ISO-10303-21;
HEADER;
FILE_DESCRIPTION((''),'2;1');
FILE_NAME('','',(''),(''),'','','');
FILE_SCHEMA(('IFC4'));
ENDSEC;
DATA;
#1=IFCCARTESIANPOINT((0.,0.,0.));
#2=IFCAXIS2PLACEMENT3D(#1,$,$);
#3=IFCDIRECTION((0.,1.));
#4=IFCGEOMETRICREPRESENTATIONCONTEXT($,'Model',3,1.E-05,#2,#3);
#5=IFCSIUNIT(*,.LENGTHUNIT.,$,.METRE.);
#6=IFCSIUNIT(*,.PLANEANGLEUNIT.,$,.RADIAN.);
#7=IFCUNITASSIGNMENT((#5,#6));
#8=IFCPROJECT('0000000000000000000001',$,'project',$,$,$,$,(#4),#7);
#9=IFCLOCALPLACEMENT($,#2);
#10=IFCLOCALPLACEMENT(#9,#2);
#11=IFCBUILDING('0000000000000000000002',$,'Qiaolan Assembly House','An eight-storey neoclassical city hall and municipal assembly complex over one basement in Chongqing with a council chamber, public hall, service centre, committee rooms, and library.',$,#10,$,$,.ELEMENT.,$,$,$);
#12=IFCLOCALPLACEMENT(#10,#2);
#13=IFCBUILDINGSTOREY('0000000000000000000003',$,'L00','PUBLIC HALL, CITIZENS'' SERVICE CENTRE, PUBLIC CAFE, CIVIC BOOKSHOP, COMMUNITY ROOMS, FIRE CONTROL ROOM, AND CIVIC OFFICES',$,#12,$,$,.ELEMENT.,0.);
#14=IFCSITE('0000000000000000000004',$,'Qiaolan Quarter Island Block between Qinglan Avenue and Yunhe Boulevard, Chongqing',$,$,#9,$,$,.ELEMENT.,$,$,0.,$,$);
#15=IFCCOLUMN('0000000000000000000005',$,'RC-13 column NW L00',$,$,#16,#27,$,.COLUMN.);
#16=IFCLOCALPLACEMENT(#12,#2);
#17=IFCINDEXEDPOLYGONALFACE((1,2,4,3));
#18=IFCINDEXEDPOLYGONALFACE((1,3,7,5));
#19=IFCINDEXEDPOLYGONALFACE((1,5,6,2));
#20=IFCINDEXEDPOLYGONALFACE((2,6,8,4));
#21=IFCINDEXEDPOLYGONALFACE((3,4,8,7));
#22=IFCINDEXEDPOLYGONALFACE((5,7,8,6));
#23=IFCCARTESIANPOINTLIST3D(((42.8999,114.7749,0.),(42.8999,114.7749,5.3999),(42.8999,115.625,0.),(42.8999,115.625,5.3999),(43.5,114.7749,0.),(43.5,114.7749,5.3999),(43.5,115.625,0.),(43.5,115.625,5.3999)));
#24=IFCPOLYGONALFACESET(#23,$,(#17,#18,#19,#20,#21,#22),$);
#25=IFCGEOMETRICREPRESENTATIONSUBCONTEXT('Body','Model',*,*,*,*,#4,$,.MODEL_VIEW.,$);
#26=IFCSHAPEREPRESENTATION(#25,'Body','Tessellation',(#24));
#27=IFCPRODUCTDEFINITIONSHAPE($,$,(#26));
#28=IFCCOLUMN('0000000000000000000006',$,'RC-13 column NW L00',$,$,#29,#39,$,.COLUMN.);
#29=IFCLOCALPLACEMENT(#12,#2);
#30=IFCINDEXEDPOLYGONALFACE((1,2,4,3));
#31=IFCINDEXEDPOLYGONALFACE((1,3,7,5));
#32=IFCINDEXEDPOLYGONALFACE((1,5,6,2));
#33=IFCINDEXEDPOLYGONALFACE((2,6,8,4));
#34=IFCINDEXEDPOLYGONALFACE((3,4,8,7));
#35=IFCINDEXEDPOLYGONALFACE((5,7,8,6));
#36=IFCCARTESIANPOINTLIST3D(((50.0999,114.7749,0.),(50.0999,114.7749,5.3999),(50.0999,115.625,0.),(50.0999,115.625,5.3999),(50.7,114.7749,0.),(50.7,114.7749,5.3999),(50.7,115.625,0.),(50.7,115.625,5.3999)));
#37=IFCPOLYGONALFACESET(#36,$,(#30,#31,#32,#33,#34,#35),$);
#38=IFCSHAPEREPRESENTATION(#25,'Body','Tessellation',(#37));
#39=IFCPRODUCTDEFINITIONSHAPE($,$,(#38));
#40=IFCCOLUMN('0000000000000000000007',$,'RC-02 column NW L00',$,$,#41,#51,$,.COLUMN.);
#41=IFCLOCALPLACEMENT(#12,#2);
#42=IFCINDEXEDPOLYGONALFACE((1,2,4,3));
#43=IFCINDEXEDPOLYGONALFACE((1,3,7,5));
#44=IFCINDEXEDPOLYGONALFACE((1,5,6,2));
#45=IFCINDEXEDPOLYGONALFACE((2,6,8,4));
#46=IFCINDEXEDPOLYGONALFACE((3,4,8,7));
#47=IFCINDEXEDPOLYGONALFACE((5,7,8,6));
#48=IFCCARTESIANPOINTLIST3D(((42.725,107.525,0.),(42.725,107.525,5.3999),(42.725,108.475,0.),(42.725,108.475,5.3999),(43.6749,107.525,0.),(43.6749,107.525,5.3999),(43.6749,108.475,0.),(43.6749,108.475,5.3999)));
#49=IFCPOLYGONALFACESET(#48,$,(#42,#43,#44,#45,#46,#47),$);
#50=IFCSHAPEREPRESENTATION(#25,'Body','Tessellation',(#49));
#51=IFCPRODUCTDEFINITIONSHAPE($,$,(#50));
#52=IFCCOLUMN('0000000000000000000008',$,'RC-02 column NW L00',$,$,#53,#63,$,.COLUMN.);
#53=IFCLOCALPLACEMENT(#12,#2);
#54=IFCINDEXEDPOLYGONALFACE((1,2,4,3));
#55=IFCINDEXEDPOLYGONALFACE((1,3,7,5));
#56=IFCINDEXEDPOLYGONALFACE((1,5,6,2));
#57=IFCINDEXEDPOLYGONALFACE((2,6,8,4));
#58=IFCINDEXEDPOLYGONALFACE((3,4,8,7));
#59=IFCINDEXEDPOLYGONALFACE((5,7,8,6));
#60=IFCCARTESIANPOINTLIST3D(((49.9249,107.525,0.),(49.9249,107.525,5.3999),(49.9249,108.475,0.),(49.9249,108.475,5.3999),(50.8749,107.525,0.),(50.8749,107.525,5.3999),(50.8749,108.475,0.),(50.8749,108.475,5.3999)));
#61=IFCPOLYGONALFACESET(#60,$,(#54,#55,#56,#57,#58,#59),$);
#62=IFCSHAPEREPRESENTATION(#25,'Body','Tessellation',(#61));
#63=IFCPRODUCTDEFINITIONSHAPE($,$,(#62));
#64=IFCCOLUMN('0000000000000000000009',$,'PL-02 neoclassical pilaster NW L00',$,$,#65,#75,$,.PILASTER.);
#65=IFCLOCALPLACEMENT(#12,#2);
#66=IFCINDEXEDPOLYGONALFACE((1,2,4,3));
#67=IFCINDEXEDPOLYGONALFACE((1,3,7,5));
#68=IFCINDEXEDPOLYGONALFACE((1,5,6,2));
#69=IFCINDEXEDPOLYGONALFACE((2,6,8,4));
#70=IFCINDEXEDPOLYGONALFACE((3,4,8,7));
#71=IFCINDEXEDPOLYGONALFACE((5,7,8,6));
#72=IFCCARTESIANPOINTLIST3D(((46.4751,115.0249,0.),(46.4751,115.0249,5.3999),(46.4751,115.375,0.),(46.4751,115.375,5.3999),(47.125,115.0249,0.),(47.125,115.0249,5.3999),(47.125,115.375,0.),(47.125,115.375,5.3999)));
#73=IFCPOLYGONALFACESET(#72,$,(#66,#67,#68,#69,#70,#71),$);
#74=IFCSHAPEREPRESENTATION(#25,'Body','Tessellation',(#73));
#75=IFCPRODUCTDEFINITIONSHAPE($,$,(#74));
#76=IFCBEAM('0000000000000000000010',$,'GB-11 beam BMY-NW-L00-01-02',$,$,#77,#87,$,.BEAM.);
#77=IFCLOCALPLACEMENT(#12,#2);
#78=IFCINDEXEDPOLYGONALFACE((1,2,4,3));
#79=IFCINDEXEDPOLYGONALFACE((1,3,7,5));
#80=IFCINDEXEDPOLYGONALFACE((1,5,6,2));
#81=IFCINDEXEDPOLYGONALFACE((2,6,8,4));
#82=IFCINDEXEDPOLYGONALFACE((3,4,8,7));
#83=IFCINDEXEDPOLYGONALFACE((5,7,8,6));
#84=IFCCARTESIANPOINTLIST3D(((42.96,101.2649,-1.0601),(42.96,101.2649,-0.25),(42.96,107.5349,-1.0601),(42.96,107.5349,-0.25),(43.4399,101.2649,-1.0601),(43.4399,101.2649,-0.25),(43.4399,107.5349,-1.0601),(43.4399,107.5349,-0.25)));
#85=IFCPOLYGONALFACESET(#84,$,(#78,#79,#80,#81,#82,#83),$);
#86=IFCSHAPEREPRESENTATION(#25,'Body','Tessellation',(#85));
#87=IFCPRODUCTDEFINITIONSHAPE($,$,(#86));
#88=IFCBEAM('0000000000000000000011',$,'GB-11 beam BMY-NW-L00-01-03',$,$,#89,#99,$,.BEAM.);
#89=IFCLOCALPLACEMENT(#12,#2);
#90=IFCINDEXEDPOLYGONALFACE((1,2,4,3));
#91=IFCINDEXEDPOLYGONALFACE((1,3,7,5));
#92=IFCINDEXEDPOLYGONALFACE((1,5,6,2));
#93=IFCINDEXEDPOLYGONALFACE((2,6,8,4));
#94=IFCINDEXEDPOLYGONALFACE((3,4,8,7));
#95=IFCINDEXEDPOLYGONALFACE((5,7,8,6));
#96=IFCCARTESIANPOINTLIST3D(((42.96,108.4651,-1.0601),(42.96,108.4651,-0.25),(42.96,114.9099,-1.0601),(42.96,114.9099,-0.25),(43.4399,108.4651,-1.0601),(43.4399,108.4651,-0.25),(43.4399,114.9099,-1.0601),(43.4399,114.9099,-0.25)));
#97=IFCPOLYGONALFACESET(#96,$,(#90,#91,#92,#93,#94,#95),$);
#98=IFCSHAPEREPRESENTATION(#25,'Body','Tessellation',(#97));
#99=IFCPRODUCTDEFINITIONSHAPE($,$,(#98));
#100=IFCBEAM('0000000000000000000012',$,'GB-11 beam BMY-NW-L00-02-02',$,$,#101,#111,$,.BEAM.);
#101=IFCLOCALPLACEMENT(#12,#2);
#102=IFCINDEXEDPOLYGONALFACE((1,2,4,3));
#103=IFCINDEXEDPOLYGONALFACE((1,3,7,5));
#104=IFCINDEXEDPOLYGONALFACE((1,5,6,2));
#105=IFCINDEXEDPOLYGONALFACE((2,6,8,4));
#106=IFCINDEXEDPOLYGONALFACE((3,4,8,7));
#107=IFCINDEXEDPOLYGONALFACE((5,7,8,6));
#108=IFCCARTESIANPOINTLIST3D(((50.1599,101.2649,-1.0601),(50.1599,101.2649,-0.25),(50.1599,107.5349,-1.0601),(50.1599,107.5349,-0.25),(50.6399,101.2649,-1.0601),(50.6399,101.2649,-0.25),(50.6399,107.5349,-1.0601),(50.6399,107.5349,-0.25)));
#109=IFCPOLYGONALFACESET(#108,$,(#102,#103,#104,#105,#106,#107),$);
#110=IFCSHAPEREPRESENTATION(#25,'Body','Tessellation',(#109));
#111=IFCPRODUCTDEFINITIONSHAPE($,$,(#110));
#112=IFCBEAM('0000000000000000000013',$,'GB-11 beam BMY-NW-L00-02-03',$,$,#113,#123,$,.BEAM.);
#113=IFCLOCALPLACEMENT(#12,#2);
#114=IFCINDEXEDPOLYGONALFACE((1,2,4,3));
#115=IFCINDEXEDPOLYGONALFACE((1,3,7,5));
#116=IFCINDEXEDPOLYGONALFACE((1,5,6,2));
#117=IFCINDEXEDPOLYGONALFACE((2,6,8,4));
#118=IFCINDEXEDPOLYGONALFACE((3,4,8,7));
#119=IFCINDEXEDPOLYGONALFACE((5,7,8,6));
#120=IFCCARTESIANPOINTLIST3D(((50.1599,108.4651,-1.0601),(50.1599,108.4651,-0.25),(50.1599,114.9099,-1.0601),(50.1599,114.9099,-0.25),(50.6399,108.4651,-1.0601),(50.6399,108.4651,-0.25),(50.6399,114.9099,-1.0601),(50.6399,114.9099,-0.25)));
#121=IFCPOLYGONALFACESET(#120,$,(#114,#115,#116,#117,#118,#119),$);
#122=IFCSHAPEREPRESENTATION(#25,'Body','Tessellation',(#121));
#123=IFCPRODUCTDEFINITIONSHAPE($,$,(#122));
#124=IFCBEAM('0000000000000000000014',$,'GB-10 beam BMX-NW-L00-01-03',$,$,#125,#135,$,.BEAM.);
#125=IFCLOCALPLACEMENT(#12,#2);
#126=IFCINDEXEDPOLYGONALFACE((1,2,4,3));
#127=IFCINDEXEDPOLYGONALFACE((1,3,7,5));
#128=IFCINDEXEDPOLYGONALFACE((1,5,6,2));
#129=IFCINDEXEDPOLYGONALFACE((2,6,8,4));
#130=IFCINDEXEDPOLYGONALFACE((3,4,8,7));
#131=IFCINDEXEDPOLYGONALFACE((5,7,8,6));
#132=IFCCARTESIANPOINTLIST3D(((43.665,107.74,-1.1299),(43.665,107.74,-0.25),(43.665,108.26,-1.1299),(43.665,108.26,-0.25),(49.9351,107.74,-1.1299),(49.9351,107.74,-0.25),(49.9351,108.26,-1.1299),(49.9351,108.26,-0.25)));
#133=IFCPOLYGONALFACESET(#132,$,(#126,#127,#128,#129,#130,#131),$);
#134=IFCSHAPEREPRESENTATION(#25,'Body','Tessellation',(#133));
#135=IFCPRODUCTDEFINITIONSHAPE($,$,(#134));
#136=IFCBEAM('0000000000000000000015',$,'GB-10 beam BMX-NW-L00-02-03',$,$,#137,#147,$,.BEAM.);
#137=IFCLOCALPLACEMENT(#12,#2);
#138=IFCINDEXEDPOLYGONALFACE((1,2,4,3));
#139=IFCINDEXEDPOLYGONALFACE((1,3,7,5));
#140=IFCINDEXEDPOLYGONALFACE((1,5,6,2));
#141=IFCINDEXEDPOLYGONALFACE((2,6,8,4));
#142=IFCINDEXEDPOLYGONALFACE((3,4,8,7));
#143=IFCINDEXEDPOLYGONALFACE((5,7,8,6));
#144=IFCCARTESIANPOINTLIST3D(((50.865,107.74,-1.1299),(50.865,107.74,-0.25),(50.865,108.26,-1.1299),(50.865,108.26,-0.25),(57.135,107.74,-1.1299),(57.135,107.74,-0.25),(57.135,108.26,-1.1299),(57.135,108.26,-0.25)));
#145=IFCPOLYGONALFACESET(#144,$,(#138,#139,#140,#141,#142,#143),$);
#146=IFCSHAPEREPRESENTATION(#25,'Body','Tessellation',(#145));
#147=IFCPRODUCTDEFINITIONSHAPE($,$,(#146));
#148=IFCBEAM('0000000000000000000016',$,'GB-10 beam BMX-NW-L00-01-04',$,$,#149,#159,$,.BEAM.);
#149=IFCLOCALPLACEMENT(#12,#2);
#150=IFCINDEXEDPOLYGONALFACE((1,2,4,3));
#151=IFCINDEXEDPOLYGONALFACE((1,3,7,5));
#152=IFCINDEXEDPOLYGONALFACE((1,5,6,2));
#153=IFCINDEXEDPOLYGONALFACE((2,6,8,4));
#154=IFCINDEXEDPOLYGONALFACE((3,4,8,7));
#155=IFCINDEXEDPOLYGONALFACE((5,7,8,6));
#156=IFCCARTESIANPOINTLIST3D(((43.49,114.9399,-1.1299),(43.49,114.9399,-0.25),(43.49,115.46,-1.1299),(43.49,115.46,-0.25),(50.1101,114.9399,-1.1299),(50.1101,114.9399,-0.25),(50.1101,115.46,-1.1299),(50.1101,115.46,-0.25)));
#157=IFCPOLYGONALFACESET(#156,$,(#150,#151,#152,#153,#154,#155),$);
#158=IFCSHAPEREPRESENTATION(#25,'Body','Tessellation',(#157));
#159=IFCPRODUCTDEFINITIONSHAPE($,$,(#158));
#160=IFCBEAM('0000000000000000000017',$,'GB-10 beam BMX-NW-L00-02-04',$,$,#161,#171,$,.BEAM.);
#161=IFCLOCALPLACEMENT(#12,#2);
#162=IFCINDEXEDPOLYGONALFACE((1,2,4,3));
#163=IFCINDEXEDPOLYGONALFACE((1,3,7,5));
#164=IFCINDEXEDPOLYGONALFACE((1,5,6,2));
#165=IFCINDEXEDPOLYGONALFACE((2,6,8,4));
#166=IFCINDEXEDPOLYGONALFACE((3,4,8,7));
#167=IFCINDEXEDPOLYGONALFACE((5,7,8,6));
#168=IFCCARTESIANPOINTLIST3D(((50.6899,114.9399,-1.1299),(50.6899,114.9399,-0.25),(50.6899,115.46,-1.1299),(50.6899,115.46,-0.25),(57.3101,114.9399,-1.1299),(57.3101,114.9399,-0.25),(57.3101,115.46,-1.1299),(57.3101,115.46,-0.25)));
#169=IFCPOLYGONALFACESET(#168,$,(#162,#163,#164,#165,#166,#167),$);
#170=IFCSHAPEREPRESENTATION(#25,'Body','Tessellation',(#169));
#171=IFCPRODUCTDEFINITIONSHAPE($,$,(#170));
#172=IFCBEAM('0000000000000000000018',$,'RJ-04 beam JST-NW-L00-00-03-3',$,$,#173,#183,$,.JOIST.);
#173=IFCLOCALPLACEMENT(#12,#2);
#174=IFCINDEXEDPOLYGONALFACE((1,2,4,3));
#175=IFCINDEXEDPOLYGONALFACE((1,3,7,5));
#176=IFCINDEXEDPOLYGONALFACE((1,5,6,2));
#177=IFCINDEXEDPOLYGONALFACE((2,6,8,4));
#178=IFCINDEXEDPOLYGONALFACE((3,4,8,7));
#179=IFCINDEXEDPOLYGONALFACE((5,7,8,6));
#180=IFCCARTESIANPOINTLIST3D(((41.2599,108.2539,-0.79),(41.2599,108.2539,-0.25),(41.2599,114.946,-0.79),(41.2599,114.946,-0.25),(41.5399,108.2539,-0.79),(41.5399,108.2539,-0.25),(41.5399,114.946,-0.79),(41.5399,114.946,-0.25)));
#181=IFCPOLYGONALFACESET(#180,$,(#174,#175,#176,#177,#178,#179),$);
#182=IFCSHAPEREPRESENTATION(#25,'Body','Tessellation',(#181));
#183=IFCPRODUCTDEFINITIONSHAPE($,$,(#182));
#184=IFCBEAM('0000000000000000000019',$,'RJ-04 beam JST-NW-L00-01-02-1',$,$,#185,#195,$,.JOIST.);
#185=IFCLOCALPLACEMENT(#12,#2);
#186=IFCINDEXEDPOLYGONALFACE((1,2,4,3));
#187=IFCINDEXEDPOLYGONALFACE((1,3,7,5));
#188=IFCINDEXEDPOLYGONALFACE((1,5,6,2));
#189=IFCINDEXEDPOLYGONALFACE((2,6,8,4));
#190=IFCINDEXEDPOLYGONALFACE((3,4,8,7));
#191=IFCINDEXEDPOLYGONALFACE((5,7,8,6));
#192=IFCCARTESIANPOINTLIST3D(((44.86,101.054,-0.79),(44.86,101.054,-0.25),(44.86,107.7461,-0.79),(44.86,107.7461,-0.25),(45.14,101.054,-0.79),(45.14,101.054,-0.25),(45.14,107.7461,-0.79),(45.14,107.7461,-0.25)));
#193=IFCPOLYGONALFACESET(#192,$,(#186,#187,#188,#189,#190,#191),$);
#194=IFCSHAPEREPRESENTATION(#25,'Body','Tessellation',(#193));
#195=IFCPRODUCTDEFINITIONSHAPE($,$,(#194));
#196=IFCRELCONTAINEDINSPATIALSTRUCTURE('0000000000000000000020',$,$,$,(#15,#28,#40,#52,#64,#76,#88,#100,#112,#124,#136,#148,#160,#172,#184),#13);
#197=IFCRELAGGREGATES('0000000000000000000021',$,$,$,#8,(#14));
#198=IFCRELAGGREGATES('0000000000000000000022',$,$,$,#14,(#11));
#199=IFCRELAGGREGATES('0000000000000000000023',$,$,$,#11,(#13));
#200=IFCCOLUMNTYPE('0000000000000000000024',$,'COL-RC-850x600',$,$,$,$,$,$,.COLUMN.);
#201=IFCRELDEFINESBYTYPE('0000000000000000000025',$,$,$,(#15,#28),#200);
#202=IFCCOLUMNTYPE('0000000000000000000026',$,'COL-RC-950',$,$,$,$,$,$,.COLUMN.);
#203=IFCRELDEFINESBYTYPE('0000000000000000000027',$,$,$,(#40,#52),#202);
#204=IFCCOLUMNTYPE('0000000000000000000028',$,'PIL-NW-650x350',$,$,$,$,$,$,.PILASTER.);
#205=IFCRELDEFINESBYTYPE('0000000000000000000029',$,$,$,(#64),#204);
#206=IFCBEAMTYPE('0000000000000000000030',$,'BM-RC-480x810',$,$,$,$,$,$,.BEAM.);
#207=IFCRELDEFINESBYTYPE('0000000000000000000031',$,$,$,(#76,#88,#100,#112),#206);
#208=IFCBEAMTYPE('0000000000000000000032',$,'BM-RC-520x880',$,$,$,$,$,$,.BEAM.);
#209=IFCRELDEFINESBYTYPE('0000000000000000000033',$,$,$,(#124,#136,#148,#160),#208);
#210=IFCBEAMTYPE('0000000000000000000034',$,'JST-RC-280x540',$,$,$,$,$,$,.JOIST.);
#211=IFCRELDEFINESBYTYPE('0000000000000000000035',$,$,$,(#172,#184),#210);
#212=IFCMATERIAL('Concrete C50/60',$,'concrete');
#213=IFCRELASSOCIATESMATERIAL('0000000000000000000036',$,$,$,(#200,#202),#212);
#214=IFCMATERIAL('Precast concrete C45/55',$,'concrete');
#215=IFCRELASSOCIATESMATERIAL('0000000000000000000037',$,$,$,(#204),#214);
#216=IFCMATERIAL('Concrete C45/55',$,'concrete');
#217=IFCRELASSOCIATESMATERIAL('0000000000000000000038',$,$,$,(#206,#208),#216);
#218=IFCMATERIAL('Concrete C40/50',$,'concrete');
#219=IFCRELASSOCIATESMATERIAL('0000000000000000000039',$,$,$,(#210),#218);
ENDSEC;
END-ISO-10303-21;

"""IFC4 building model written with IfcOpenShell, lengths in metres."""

from ifc_helpers import new_model, si_unit, direction, frame, origin, origin_2d, place, context, subcontext, project, spatial, rectangle, extrude, material, material_profile, profile_set, type_object, element, save


model = new_model("IFC4")

# Units and contexts
model_context = context("Model", 3, precision=1e-05, world=origin(), true_north=direction((0.0, 1.0)))
body_context = subcontext(model_context, "Body", "Model", "MODEL_VIEW")
ifc_project = project(units=[si_unit("LENGTHUNIT", "METRE"), si_unit("PLANEANGLEUNIT", "RADIAN")], contexts=[model_context])

# Site, building, storey
site_placement = place(None, origin())
site = spatial("IfcSite", under=ifc_project, at=site_placement, Name="Qiaolan Quarter Island Block between Qinglan Avenue and Yunhe Boulevard, Chongqing", CompositionType="ELEMENT", RefElevation=0.0)
building_placement = place(site_placement, origin())
building = spatial("IfcBuilding", under=site, at=building_placement, Name="Qiaolan Assembly House", Description="An eight-storey neoclassical city hall and municipal assembly complex over one basement in Chongqing with a council chamber, public hall, service centre, committee rooms, and library.", CompositionType="ELEMENT")
storey_placement = place(building_placement, origin())
storey = spatial("IfcBuildingStorey", under=building, at=storey_placement, Name="L00", Description="PUBLIC HALL, CITIZENS' SERVICE CENTRE, PUBLIC CAFE, CIVIC BOOKSHOP, COMMUNITY ROOMS, FIRE CONTROL ROOM, AND CIVIC OFFICES", CompositionType="ELEMENT", Elevation=0.0)

# Columns
ifc_material_1 = material(Name="Concrete C50/60", Category="concrete")
ifc_material_profile_1 = material_profile(ifc_material_1, rectangle(XDim=0.6001, YDim=0.8501, at=origin_2d()), Name="RC 850x600")
ifc_profile_set_1 = profile_set([ifc_material_profile_1], Name="Concrete C50/60")
column_type_1 = type_object("IfcColumnType", Name="COL-RC-850x600", PredefinedType="COLUMN", material=ifc_profile_set_1)
for number, where, z_axis, x_axis, name in (
    (1, (43.2, 115.2, 0.0), (0.0, 0.0, 1.0), (1.0, 0.0, 0.0), "RC-13 column NW L00"),
    (2, (50.3999, 115.2, 0.0), (0.0, 0.0, 1.0), (1.0, 0.0, 0.0), "RC-13 column NW L00"),
):
    element("IfcColumn", number, at=place(storey_placement, frame(where, z_axis=z_axis, x_axis=x_axis)), inside=storey, type_object=column_type_1, Name=name, PredefinedType="COLUMN", context=body_context, shape_type="SweptSolid", body=[
        extrude(rectangle(XDim=0.6001, YDim=0.8501, at=origin_2d()), origin(), (0.0, 0.0, 1.0), 5.3999),
    ])
ifc_material_profile_2 = material_profile(ifc_material_1, rectangle(XDim=0.95, YDim=0.95, at=origin_2d()), Name="RC 950x950")
ifc_profile_set_2 = profile_set([ifc_material_profile_2], Name="Concrete C50/60")
column_type_2 = type_object("IfcColumnType", Name="COL-RC-950", PredefinedType="COLUMN", material=ifc_profile_set_2)
for number, where, z_axis, x_axis, name in (
    (3, (43.2, 108.0, 0.0), (0.0, 0.0, 1.0), (1.0, 0.0, 0.0), "RC-02 column NW L00"),
    (4, (50.3999, 108.0, 0.0), (0.0, 0.0, 1.0), (1.0, 0.0, 0.0), "RC-02 column NW L00"),
):
    element("IfcColumn", number, at=place(storey_placement, frame(where, z_axis=z_axis, x_axis=x_axis)), inside=storey, type_object=column_type_2, Name=name, PredefinedType="COLUMN", context=body_context, shape_type="SweptSolid", body=[
        extrude(rectangle(XDim=0.95, YDim=0.95, at=origin_2d()), origin(), (0.0, 0.0, 1.0), 5.3999),
    ])
ifc_material_2 = material(Name="Precast concrete C45/55", Category="concrete")
ifc_material_profile_3 = material_profile(ifc_material_2, rectangle(XDim=0.6499, YDim=0.3501, at=origin_2d()), Name="PIL 650x350")
ifc_profile_set_3 = profile_set([ifc_material_profile_3], Name="Precast concrete C45/55")
column_type_3 = type_object("IfcColumnType", Name="PIL-NW-650x350", PredefinedType="PILASTER", material=ifc_profile_set_3)
column_placement = place(storey_placement, frame((46.8, 115.2, 0.0), z_axis=(0.0, 0.0, 1.0), x_axis=(1.0, 0.0, 0.0)))
element("IfcColumn", 5, at=column_placement, inside=storey, type_object=column_type_3, Name="PL-02 neoclassical pilaster NW L00", PredefinedType="PILASTER", context=body_context, shape_type="SweptSolid", body=[
    extrude(rectangle(XDim=0.6499, YDim=0.3501, at=origin_2d()), origin(), (0.0, 0.0, 1.0), 5.3999),
])

# Beams
ifc_material_3 = material(Name="Concrete C45/55", Category="concrete")
ifc_material_profile_4 = material_profile(ifc_material_3, rectangle(XDim=0.48, YDim=0.8101, at=origin_2d()), Name="RCB 480x810")
ifc_profile_set_4 = profile_set([ifc_material_profile_4], Name="Concrete C45/55")
beam_type_1 = type_object("IfcBeamType", Name="BM-RC-480x810", PredefinedType="BEAM", material=ifc_profile_set_4)
beam_1_placement = place(storey_placement, frame((43.2, 101.2649, -0.655), z_axis=(0.0, 1.0, 0.0), x_axis=(-1.0, 0.0, 0.0)))
element("IfcBeam", 6, at=beam_1_placement, inside=storey, type_object=beam_type_1, Name="GB-11 beam BMY-NW-L00-01-02", PredefinedType="BEAM", context=body_context, shape_type="SweptSolid", body=[
    extrude(rectangle(XDim=0.48, YDim=0.8101, at=origin_2d()), origin(), (0.0, 0.0, 1.0), 6.27),
])
beam_2_placement = place(storey_placement, frame((43.2, 108.4651, -0.655), z_axis=(0.0, 1.0, 0.0), x_axis=(-1.0, 0.0, 0.0)))
element("IfcBeam", 7, at=beam_2_placement, inside=storey, type_object=beam_type_1, Name="GB-11 beam BMY-NW-L00-01-03", PredefinedType="BEAM", context=body_context, shape_type="SweptSolid", body=[
    extrude(rectangle(XDim=0.48, YDim=0.8101, at=origin_2d()), origin(), (0.0, 0.0, 1.0), 6.4448),
])
beam_3_placement = place(storey_placement, frame((50.3999, 101.2649, -0.655), z_axis=(0.0, 1.0, 0.0), x_axis=(-1.0, 0.0, 0.0)))
element("IfcBeam", 8, at=beam_3_placement, inside=storey, type_object=beam_type_1, Name="GB-11 beam BMY-NW-L00-02-02", PredefinedType="BEAM", context=body_context, shape_type="SweptSolid", body=[
    extrude(rectangle(XDim=0.48, YDim=0.8101, at=origin_2d()), origin(), (0.0, 0.0, 1.0), 6.27),
])
beam_4_placement = place(storey_placement, frame((50.3999, 108.4651, -0.655), z_axis=(0.0, 1.0, 0.0), x_axis=(-1.0, 0.0, 0.0)))
element("IfcBeam", 9, at=beam_4_placement, inside=storey, type_object=beam_type_1, Name="GB-11 beam BMY-NW-L00-02-03", PredefinedType="BEAM", context=body_context, shape_type="SweptSolid", body=[
    extrude(rectangle(XDim=0.48, YDim=0.8101, at=origin_2d()), origin(), (0.0, 0.0, 1.0), 6.4448),
])
ifc_material_profile_5 = material_profile(ifc_material_3, rectangle(XDim=0.52, YDim=0.8799, at=origin_2d()), Name="RCB 520x880")
ifc_profile_set_5 = profile_set([ifc_material_profile_5], Name="Concrete C45/55")
beam_type_2 = type_object("IfcBeamType", Name="BM-RC-520x880", PredefinedType="BEAM", material=ifc_profile_set_5)
for number, where, z_axis, x_axis, name in (
    (10, (43.665, 108.0, -0.6899), (1.0, 0.0, 0.0), (0.0, 1.0, 0.0), "GB-10 beam BMX-NW-L00-01-03"),
    (11, (50.865, 108.0, -0.6899), (1.0, 0.0, 0.0), (0.0, 1.0, 0.0), "GB-10 beam BMX-NW-L00-02-03"),
):
    element("IfcBeam", number, at=place(storey_placement, frame(where, z_axis=z_axis, x_axis=x_axis)), inside=storey, type_object=beam_type_2, Name=name, PredefinedType="BEAM", context=body_context, shape_type="SweptSolid", body=[
        extrude(rectangle(XDim=0.52, YDim=0.8799, at=origin_2d()), origin(), (0.0, 0.0, 1.0), 6.27),
    ])
for number, where, z_axis, x_axis, name in (
    (12, (43.49, 115.2, -0.6899), (1.0, 0.0, 0.0), (0.0, 1.0, 0.0), "GB-10 beam BMX-NW-L00-01-04"),
    (13, (50.6899, 115.2, -0.6899), (1.0, 0.0, 0.0), (0.0, 1.0, 0.0), "GB-10 beam BMX-NW-L00-02-04"),
):
    element("IfcBeam", number, at=place(storey_placement, frame(where, z_axis=z_axis, x_axis=x_axis)), inside=storey, type_object=beam_type_2, Name=name, PredefinedType="BEAM", context=body_context, shape_type="SweptSolid", body=[
        extrude(rectangle(XDim=0.52, YDim=0.8799, at=origin_2d()), origin(), (0.0, 0.0, 1.0), 6.6201),
    ])
ifc_material_4 = material(Name="Concrete C40/50", Category="concrete")
ifc_material_profile_6 = material_profile(ifc_material_4, rectangle(XDim=0.28, YDim=0.54, at=origin_2d()), Name="RCB 280x540")
ifc_profile_set_6 = profile_set([ifc_material_profile_6], Name="Concrete C40/50")
beam_type_3 = type_object("IfcBeamType", Name="JST-RC-280x540", PredefinedType="JOIST", material=ifc_profile_set_6)
for number, where, z_axis, x_axis, name in (
    (14, (41.3999, 108.2539, -0.52), (0.0, 1.0, 0.0), (-1.0, 0.0, 0.0), "RJ-04 beam JST-NW-L00-00-03-3"),
    (15, (45.0, 101.054, -0.52), (0.0, 1.0, 0.0), (-1.0, 0.0, 0.0), "RJ-04 beam JST-NW-L00-01-02-1"),
):
    element("IfcBeam", number, at=place(storey_placement, frame(where, z_axis=z_axis, x_axis=x_axis)), inside=storey, type_object=beam_type_3, Name=name, PredefinedType="JOIST", context=body_context, shape_type="SweptSolid", body=[
        extrude(rectangle(XDim=0.28, YDim=0.54, at=origin_2d()), origin(), (0.0, 0.0, 1.0), 6.6921),
    ])

save(model, "model.ifc")
